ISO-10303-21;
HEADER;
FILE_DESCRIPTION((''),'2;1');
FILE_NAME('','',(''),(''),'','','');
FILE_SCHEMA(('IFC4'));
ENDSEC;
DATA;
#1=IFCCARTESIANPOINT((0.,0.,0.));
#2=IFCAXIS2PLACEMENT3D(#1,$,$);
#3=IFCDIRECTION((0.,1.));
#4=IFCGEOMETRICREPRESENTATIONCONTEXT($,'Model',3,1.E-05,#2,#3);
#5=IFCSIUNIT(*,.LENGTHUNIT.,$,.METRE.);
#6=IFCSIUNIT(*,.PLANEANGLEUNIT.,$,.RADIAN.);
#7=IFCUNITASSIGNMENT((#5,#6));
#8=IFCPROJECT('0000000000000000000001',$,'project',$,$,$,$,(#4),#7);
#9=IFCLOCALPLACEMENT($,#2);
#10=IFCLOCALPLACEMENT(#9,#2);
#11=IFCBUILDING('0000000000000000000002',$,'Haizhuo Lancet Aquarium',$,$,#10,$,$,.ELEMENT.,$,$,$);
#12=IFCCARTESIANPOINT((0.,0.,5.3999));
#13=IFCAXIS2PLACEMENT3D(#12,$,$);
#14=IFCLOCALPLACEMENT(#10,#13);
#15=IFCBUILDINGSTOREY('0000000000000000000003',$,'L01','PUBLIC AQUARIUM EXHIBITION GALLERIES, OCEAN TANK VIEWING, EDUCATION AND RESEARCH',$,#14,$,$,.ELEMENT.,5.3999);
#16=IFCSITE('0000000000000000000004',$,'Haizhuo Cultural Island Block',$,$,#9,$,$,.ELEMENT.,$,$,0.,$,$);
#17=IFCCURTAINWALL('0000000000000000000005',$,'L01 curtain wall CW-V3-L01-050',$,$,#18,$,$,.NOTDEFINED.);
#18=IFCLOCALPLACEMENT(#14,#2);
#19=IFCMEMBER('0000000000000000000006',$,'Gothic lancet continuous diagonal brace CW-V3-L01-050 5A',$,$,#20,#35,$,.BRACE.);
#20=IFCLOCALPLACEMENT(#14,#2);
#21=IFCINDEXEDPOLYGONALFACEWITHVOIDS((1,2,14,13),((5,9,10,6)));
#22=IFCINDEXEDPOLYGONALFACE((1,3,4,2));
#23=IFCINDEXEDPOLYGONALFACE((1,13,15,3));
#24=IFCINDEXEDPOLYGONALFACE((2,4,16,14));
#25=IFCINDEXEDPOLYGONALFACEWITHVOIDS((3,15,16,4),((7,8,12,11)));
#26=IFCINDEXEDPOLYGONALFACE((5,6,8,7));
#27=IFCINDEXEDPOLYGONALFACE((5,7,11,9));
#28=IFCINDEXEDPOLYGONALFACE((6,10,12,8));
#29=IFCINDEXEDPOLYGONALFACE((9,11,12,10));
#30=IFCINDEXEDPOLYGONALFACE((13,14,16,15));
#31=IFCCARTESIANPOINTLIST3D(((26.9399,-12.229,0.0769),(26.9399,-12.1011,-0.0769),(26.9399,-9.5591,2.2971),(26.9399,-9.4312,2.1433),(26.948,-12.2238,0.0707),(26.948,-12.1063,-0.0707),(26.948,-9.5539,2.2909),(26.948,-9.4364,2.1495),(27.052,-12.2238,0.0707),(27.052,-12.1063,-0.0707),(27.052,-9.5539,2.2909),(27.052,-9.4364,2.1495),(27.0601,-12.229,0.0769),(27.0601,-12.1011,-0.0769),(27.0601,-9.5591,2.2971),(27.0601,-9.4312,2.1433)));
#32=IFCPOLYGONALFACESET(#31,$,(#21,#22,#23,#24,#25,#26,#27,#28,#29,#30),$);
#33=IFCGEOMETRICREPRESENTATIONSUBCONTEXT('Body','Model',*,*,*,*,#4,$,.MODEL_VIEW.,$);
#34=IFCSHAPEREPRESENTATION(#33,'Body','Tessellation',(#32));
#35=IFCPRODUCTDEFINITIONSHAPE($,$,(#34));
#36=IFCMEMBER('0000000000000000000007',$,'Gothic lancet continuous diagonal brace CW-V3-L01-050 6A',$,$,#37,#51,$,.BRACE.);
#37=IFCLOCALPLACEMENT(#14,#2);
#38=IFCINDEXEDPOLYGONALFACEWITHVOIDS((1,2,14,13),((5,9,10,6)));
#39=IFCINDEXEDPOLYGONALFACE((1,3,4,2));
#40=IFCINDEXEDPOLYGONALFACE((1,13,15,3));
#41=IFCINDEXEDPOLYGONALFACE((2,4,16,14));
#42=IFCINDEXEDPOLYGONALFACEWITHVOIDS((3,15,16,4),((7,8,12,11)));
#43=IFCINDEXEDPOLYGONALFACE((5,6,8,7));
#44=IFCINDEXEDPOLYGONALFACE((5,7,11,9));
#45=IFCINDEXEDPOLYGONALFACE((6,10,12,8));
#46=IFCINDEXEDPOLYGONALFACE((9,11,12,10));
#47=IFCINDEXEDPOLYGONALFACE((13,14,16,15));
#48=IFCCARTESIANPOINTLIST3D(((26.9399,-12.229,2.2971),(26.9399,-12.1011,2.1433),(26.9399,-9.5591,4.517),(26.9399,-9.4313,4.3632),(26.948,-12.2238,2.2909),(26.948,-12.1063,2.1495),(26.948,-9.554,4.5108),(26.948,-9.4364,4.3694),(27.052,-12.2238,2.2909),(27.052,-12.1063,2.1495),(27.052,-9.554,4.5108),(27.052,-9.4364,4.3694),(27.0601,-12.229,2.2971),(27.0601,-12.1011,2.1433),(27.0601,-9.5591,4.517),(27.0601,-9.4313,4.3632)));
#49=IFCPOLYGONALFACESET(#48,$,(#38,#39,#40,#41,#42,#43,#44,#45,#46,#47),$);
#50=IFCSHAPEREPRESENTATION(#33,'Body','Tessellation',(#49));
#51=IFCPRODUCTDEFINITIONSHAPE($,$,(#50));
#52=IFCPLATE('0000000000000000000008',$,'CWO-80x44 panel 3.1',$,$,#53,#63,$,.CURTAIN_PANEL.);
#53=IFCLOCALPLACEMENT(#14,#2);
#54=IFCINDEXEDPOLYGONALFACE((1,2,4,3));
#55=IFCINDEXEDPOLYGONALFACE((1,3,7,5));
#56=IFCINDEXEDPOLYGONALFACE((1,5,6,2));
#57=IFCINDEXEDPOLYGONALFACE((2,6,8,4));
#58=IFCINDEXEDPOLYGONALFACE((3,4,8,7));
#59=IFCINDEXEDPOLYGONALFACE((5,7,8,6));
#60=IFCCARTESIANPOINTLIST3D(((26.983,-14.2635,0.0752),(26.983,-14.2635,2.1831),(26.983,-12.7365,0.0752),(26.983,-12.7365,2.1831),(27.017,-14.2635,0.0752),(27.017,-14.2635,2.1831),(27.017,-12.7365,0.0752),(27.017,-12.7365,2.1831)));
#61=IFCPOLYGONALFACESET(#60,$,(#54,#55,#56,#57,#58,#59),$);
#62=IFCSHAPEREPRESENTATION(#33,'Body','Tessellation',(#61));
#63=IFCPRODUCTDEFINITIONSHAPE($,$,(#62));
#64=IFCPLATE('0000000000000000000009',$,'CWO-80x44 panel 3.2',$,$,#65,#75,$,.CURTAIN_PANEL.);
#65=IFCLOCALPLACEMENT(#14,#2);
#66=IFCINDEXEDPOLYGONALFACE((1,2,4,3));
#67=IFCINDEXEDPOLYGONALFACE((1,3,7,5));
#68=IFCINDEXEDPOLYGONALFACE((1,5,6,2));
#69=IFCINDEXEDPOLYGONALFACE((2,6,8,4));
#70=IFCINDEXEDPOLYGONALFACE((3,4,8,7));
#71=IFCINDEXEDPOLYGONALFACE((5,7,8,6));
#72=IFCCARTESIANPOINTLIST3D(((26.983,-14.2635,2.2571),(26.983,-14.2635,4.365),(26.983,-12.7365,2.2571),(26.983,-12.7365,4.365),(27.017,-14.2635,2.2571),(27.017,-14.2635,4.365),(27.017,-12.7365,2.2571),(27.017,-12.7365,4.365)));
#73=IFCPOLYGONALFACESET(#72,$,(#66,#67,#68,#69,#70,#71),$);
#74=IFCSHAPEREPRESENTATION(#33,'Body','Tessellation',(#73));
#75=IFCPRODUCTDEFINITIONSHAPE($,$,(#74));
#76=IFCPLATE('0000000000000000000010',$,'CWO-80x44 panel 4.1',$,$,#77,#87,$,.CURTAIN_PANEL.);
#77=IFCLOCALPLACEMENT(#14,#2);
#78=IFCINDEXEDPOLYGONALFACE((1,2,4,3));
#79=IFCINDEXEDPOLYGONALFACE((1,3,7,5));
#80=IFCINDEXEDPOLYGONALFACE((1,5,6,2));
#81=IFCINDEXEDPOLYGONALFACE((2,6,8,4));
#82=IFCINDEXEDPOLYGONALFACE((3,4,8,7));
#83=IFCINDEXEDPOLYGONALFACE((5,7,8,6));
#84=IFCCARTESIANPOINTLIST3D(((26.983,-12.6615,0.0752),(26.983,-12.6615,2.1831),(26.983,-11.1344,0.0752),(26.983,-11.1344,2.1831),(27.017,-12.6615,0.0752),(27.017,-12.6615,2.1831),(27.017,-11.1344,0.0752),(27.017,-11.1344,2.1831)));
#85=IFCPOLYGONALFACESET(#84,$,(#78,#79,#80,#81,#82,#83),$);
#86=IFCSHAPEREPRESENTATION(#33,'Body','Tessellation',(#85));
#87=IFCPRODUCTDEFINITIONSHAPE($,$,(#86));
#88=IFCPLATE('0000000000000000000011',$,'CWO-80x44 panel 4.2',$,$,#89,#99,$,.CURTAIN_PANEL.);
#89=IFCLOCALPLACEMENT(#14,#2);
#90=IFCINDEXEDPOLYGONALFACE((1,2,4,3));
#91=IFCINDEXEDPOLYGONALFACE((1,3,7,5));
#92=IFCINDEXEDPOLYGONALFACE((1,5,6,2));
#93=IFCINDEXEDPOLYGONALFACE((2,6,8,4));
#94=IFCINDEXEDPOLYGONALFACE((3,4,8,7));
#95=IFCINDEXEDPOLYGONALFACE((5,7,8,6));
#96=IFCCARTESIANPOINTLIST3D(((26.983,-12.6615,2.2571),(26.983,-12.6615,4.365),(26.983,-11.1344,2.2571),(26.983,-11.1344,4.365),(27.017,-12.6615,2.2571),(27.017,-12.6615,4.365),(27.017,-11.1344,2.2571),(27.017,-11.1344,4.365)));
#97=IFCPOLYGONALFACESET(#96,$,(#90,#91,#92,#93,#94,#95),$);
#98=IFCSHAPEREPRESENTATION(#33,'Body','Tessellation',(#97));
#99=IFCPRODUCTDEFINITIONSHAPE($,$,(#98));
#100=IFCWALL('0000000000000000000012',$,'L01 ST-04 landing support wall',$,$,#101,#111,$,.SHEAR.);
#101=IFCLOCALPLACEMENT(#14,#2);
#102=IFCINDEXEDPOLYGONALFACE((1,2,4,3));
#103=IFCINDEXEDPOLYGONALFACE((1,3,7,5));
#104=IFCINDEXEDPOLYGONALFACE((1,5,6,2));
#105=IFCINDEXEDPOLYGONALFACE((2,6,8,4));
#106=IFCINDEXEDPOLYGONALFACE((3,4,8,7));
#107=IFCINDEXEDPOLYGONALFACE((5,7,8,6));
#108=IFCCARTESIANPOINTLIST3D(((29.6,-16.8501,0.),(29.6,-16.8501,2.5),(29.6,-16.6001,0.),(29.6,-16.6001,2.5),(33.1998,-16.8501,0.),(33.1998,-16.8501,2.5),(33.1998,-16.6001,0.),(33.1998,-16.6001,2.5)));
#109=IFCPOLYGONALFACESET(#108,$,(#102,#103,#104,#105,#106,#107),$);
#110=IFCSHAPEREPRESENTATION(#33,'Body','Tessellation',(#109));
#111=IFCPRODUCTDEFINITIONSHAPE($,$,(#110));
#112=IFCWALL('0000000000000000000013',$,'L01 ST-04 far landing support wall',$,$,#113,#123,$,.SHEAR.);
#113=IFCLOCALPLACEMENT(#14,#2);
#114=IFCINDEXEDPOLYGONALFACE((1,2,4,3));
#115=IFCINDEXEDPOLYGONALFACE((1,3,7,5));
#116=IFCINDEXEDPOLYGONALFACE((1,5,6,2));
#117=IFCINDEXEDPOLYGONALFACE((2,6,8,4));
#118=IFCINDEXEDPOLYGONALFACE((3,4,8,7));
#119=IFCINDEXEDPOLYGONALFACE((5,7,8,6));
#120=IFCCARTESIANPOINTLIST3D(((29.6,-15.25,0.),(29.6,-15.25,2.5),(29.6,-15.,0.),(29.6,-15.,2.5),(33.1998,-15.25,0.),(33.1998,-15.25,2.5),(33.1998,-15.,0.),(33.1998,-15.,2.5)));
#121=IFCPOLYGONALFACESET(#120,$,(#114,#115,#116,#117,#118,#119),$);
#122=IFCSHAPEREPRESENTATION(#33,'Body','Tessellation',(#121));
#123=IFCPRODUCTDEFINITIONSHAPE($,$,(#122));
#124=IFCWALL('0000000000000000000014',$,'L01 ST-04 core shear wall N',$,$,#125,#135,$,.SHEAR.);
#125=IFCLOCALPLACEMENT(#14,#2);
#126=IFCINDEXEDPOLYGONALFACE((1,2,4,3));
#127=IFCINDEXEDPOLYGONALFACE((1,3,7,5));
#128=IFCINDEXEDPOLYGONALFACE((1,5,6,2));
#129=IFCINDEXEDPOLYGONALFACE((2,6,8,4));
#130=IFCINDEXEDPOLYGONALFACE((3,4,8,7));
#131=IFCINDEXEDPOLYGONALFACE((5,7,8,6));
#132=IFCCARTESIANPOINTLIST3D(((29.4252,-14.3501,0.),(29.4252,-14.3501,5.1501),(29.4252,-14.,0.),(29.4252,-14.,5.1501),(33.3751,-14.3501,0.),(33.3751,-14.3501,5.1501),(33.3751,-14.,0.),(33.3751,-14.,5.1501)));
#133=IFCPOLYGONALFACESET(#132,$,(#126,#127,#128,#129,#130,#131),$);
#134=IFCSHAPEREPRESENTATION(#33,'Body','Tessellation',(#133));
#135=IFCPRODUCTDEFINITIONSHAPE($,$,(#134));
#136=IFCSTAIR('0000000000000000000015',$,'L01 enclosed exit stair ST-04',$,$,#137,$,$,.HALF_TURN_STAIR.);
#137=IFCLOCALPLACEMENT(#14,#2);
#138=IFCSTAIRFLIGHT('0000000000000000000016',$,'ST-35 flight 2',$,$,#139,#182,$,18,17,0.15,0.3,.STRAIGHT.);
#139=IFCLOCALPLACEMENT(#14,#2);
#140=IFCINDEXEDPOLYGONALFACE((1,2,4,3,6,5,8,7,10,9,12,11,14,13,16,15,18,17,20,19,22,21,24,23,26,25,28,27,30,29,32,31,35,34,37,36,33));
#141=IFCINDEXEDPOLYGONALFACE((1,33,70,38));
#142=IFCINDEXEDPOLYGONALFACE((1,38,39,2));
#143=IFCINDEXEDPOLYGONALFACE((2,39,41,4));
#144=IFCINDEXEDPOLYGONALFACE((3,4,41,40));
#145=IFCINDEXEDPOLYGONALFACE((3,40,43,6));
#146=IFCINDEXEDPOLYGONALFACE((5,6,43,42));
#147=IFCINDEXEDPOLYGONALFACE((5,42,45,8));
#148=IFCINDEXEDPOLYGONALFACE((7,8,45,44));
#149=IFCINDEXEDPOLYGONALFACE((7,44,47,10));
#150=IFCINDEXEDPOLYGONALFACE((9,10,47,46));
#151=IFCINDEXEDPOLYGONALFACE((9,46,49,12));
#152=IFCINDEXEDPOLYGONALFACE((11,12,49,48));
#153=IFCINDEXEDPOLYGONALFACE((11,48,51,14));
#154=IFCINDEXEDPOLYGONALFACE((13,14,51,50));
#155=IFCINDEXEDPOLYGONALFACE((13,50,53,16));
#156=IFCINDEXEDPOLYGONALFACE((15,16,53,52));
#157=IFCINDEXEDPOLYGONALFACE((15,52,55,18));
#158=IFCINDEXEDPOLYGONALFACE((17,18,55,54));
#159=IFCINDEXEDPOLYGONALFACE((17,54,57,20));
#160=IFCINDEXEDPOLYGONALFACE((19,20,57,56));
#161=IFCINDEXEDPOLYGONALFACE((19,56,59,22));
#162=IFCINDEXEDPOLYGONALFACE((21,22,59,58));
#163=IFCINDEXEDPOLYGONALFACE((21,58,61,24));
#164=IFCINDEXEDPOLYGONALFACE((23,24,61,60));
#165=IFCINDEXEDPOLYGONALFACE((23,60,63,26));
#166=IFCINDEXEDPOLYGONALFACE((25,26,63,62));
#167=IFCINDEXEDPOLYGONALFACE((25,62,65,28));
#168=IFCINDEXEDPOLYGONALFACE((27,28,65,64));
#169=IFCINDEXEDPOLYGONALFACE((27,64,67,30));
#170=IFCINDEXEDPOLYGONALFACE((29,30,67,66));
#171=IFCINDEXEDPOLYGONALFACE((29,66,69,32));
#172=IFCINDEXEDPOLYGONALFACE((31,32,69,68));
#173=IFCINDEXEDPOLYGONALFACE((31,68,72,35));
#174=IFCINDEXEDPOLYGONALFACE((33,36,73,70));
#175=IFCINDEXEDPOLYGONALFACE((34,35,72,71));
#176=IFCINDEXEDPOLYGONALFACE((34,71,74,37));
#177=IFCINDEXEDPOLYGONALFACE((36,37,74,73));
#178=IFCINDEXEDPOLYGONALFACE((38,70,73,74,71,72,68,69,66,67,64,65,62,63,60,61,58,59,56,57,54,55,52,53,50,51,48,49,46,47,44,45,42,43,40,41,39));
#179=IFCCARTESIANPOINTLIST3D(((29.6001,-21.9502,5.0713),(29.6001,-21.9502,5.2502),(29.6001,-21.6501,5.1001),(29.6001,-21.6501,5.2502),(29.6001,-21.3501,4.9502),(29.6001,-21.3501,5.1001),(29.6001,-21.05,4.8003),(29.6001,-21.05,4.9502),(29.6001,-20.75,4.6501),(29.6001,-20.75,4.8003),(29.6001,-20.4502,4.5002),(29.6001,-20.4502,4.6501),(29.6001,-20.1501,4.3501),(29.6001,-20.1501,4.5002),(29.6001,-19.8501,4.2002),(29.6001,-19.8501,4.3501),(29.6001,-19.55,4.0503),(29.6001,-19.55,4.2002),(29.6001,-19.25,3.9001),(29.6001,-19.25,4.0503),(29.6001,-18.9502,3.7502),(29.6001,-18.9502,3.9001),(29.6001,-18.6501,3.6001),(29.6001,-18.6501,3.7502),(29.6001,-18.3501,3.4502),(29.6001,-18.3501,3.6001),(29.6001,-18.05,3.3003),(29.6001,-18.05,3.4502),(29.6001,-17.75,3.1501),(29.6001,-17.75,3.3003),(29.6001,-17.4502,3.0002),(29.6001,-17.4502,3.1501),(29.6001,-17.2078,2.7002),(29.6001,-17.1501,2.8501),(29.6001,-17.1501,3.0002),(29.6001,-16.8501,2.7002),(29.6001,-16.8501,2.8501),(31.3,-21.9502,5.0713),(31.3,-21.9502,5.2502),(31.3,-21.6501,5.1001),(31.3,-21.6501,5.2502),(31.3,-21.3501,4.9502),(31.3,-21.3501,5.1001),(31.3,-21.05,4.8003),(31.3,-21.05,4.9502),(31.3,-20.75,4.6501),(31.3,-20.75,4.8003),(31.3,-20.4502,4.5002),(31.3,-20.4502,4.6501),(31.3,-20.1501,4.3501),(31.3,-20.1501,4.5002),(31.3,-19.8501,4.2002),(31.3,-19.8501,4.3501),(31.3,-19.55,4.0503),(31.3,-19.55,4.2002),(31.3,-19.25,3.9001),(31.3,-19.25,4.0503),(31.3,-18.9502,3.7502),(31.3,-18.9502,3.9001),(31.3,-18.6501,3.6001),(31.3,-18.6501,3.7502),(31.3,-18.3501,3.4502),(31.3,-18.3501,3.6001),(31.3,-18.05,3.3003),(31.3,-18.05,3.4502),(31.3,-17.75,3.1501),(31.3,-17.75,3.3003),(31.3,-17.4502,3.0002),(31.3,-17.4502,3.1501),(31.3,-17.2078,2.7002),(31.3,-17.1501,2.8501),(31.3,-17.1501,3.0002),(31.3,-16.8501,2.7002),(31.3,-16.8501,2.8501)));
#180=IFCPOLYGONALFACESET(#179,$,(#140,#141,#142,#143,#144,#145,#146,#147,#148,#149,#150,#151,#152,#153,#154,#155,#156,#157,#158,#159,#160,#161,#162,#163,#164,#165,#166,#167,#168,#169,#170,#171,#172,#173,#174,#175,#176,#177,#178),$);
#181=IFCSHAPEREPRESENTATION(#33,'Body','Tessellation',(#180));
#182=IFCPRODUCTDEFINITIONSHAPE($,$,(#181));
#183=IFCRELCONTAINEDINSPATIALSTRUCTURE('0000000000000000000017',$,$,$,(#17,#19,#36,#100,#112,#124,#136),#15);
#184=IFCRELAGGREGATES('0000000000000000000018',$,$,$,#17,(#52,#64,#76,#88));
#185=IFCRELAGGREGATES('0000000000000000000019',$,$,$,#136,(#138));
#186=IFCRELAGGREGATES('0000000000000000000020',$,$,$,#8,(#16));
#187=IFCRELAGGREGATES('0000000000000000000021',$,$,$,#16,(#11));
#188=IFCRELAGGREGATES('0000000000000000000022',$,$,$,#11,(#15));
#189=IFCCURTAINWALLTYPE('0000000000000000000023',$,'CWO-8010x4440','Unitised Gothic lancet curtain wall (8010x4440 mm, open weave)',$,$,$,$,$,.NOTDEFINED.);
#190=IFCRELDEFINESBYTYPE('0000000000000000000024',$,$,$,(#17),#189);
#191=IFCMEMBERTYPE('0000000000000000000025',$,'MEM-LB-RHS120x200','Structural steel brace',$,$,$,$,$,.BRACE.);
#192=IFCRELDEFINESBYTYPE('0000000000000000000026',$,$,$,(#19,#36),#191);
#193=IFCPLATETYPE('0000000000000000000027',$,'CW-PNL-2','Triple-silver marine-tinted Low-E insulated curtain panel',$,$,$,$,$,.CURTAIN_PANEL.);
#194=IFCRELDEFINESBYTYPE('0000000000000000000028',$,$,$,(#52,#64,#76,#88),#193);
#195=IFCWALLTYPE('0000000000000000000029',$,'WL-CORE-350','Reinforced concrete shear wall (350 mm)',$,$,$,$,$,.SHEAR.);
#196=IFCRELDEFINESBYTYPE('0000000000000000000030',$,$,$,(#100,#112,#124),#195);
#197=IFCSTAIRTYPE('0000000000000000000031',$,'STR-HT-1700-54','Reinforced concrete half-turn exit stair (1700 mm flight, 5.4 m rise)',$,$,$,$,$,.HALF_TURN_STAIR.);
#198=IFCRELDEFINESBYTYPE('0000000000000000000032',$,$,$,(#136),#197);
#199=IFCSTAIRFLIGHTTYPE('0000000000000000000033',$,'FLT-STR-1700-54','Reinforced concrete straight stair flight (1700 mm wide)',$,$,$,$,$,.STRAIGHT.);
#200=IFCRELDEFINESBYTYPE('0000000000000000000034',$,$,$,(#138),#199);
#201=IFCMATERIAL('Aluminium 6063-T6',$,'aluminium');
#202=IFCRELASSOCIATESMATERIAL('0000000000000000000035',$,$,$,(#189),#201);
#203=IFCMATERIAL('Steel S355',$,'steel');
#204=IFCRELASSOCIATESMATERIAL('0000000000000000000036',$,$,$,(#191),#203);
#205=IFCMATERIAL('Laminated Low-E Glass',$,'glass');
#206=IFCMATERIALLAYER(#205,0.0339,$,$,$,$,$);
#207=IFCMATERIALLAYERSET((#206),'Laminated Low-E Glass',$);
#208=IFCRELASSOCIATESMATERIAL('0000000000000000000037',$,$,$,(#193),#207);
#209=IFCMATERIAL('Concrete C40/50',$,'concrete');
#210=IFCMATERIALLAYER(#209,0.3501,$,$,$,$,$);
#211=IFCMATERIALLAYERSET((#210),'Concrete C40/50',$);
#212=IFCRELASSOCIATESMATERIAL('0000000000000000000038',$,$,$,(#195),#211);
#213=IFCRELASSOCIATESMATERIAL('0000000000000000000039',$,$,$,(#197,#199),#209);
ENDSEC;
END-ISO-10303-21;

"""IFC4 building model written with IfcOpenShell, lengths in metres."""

from ifc_helpers import new_model, si_unit, direction, frame, frame_2d, origin, origin_2d, place, context, subcontext, project, spatial, polyline, rectangle, hollow_rectangle, outline, extrude, material, layer, layer_set, material_profile, profile_set, type_object, element, aggregate, save


model = new_model("IFC4")

# Units and contexts
model_context = context("Model", 3, precision=1e-05, world=origin(), true_north=direction((0.0, 1.0)))
body_context = subcontext(model_context, "Body", "Model", "MODEL_VIEW")
ifc_project = project(units=[si_unit("LENGTHUNIT", "METRE"), si_unit("PLANEANGLEUNIT", "RADIAN")], contexts=[model_context])

# Site, building, storey
site_placement = place(None, origin())
site = spatial("IfcSite", under=ifc_project, at=site_placement, Name="Haizhuo Cultural Island Block", CompositionType="ELEMENT", RefElevation=0.0)
building_placement = place(site_placement, origin())
building = spatial("IfcBuilding", under=site, at=building_placement, Name="Haizhuo Lancet Aquarium", CompositionType="ELEMENT")
storey_placement = place(building_placement, frame((0.0, 0.0, 5.3999)))
storey = spatial("IfcBuildingStorey", under=building, at=storey_placement, Name="L01", Description="PUBLIC AQUARIUM EXHIBITION GALLERIES, OCEAN TANK VIEWING, EDUCATION AND RESEARCH", CompositionType="ELEMENT", Elevation=5.3999)

# Curtain wall
ifc_material_1 = material(Name="Aluminium 6063-T6", Category="aluminium")
curtain_wall_type = type_object("IfcCurtainWallType", Name="CWO-8010x4440", Description="Unitised Gothic lancet curtain wall (8010x4440 mm, open weave)", PredefinedType="NOTDEFINED", material=ifc_material_1)
curtain_wall_placement = place(storey_placement, origin())
curtain_wall = element("IfcCurtainWall", 1, at=curtain_wall_placement, inside=storey, type_object=curtain_wall_type, Name="L01 curtain wall CW-V3-L01-050", PredefinedType="NOTDEFINED")

# Shared definitions
ifc_material_2 = material(Name="Steel S355", Category="steel")

# Members
ifc_material_profile_1 = material_profile(ifc_material_2, hollow_rectangle(XDim=0.1201, YDim=0.2, WallThickness=0.0081, at=origin_2d()), Name="RHS 120x200x8")
ifc_profile_set_1 = profile_set([ifc_material_profile_1], Name="Steel S355")
member_type_1 = type_object("IfcMemberType", Name="MEM-LB-RHS120x200", Description="Structural steel brace", PredefinedType="BRACE", material=ifc_profile_set_1)
member_1_placement = place(storey_placement, frame((27.0, -12.165, 0.0), z_axis=(0.0, 0.768889, 0.639382), x_axis=(-1.0, 0.0, 0.0)))
element("IfcMember", 2, at=member_1_placement, inside=storey, type_object=member_type_1, Name="Gothic lancet continuous diagonal brace CW-V3-L01-050 5A", PredefinedType="BRACE", context=body_context, shape_type="SweptSolid", body=[
    extrude(hollow_rectangle(XDim=0.1201, YDim=0.2, WallThickness=0.0081, at=origin_2d()), origin(), (0.0, 0.0, 1.0), 3.4724),
])
member_2_placement = place(storey_placement, frame((27.0, -12.165, 2.2202), z_axis=(0.0, 0.768924, 0.63934), x_axis=(-1.0, 0.0, 0.0)))
element("IfcMember", 3, at=member_2_placement, inside=storey, type_object=member_type_1, Name="Gothic lancet continuous diagonal brace CW-V3-L01-050 6A", PredefinedType="BRACE", context=body_context, shape_type="SweptSolid", body=[
    extrude(hollow_rectangle(XDim=0.1201, YDim=0.2, WallThickness=0.0081, at=origin_2d()), origin(), (0.0, 0.0, 1.0), 3.4722),
])

# Plates
ifc_material_3 = material(Name="Laminated Low-E Glass", Category="glass")
ifc_layer_1 = layer(ifc_material_3, 0.0339)
ifc_layer_set_1 = layer_set([ifc_layer_1], Name="Laminated Low-E Glass")
plate_type = type_object("IfcPlateType", Name="CW-PNL-2", Description="Triple-silver marine-tinted Low-E insulated curtain panel", PredefinedType="CURTAIN_PANEL", material=ifc_layer_set_1)
plate_1_placement = place(storey_placement, frame((27.0, -13.5, 0.0752), z_axis=(0.0, 0.0, 1.0), x_axis=(0.0, 1.0, 0.0)))
plate_1 = element("IfcPlate", 4, at=plate_1_placement, type_object=plate_type, Name="CWO-80x44 panel 3.1", PredefinedType="CURTAIN_PANEL", context=body_context, shape_type="SweptSolid", body=[
    extrude(rectangle(XDim=1.5271, YDim=0.0339, at=origin_2d()), origin(), (0.0, 0.0, 1.0), 2.1079),
])
plate_2_placement = place(storey_placement, frame((27.0, -13.5, 2.2571), z_axis=(0.0, 0.0, 1.0), x_axis=(0.0, 1.0, 0.0)))
plate_2 = element("IfcPlate", 5, at=plate_2_placement, type_object=plate_type, Name="CWO-80x44 panel 3.2", PredefinedType="CURTAIN_PANEL", context=body_context, shape_type="SweptSolid", body=[
    extrude(rectangle(XDim=1.5271, YDim=0.0339, at=origin_2d()), origin(), (0.0, 0.0, 1.0), 2.1079),
])
plate_3_placement = place(storey_placement, frame((27.0, -11.8979, 0.0752), z_axis=(0.0, 0.0, 1.0), x_axis=(0.0, 1.0, 0.0)))
plate_3 = element("IfcPlate", 6, at=plate_3_placement, type_object=plate_type, Name="CWO-80x44 panel 4.1", PredefinedType="CURTAIN_PANEL", context=body_context, shape_type="SweptSolid", body=[
    extrude(rectangle(XDim=1.5271, YDim=0.0339, at=origin_2d()), origin(), (0.0, 0.0, 1.0), 2.1079),
])
plate_4_placement = place(storey_placement, frame((27.0, -11.8979, 2.2571), z_axis=(0.0, 0.0, 1.0), x_axis=(0.0, 1.0, 0.0)))
plate_4 = element("IfcPlate", 7, at=plate_4_placement, type_object=plate_type, Name="CWO-80x44 panel 4.2", PredefinedType="CURTAIN_PANEL", context=body_context, shape_type="SweptSolid", body=[
    extrude(rectangle(XDim=1.5271, YDim=0.0339, at=origin_2d()), origin(), (0.0, 0.0, 1.0), 2.1079),
])
aggregate(curtain_wall, [plate_1, plate_2, plate_3, plate_4])

# Walls
ifc_material_4 = material(Name="Concrete C40/50", Category="concrete")
ifc_layer_2 = layer(ifc_material_4, 0.3501)
ifc_layer_set_2 = layer_set([ifc_layer_2], Name="Concrete C40/50")
wall_type = type_object("IfcWallType", Name="WL-CORE-350", Description="Reinforced concrete shear wall (350 mm)", PredefinedType="SHEAR", material=ifc_layer_set_2)
for number, where, z_axis, x_axis, name in (
    (8, (29.6001, -16.7251, 0.0), (0.0, 0.0, 1.0), (1.0, 0.0, 0.0), "L01 ST-04 landing support wall"),
    (9, (29.6001, -15.125, 0.0), (0.0, 0.0, 1.0), (1.0, 0.0, 0.0), "L01 ST-04 far landing support wall"),
):
    element("IfcWall", number, at=place(storey_placement, frame(where, z_axis=z_axis, x_axis=x_axis)), inside=storey, type_object=wall_type, Name=name, PredefinedType="SHEAR", context=body_context, shape_type="SweptSolid", body=[
        extrude(rectangle(XDim=3.5999, YDim=0.25, at=frame_2d((1.7998, 0.0))), origin(), (0.0, 0.0, 1.0), 2.5),
    ])
wall_placement = place(storey_placement, frame((29.425, -14.175, 0.0), z_axis=(0.0, 0.0, 1.0), x_axis=(1.0, 0.0, 0.0)))
element("IfcWall", 10, at=wall_placement, inside=storey, type_object=wall_type, Name="L01 ST-04 core shear wall N", PredefinedType="SHEAR", context=body_context, shape_type="SweptSolid", body=[
    extrude(rectangle(XDim=3.95, YDim=0.3501, at=frame_2d((1.9751, 0.0))), origin(), (0.0, 0.0, 1.0), 5.1501),
])

# Stair, stair flight
stair_type = type_object("IfcStairType", Name="STR-HT-1700-54", Description="Reinforced concrete half-turn exit stair (1700 mm flight, 5.4 m rise)", PredefinedType="HALF_TURN_STAIR", material=ifc_material_4)
stair_placement = place(storey_placement, origin())
stair = element("IfcStair", 11, at=stair_placement, inside=storey, type_object=stair_type, Name="L01 enclosed exit stair ST-04", PredefinedType="HALF_TURN_STAIR")
stair_flight_type = type_object("IfcStairFlightType", Name="FLT-STR-1700-54", Description="Reinforced concrete straight stair flight (1700 mm wide)", PredefinedType="STRAIGHT", material=ifc_material_4)
stair_flight_placement = place(storey_placement, frame((30.45, -16.8501, 2.7002), z_axis=(0.0, 0.0, 1.0), x_axis=(0.0, -1.0, 0.0)))
stair_flight = element("IfcStairFlight", 12, at=stair_flight_placement, type_object=stair_flight_type, Name="ST-35 flight 2", NumberOfRisers=18, NumberOfTreads=17, PredefinedType="STRAIGHT", RiserHeight=0.15, TreadLength=0.3, context=body_context, shape_type="SweptSolid", body=[
    extrude(outline(polyline([(0.0, 0.0), (0.0, 0.1499), (0.3, 0.1499), (0.3, 0.3), (0.6001, 0.3), (0.6001, 0.45), (0.8999, 0.45), (0.8999, 0.6001), (1.2, 0.6001), (1.2, 0.75), (1.5, 0.75), (1.5, 0.8999), (1.8, 0.8999), (1.8, 1.05), (2.1001, 1.05), (2.1001, 1.2), (2.3999, 1.2), (2.3999, 1.3501), (2.7, 1.3501), (2.7, 1.5), (3.0, 1.5), (3.0, 1.6499), (3.3, 1.6499), (3.3, 1.8), (3.6001, 1.8), (3.6001, 1.95), (3.8999, 1.95), (3.8999, 2.1001), (4.2, 2.1001), (4.2, 2.25), (4.5, 2.25), (4.5, 2.3999), (4.8, 2.3999), (4.8, 2.55), (5.1001, 2.55), (5.1001, 2.7), (5.1001, 2.3711), (0.3577, 0.0), (0.0, 0.0)])), frame((0.0, 0.8501, 0.0), z_axis=(0.0, -1.0, 0.0), x_axis=(1.0, 0.0, 0.0)), (0.0, 0.0, 1.0), 1.7),
])
aggregate(stair, [stair_flight])

save(model, "model.ifc")
